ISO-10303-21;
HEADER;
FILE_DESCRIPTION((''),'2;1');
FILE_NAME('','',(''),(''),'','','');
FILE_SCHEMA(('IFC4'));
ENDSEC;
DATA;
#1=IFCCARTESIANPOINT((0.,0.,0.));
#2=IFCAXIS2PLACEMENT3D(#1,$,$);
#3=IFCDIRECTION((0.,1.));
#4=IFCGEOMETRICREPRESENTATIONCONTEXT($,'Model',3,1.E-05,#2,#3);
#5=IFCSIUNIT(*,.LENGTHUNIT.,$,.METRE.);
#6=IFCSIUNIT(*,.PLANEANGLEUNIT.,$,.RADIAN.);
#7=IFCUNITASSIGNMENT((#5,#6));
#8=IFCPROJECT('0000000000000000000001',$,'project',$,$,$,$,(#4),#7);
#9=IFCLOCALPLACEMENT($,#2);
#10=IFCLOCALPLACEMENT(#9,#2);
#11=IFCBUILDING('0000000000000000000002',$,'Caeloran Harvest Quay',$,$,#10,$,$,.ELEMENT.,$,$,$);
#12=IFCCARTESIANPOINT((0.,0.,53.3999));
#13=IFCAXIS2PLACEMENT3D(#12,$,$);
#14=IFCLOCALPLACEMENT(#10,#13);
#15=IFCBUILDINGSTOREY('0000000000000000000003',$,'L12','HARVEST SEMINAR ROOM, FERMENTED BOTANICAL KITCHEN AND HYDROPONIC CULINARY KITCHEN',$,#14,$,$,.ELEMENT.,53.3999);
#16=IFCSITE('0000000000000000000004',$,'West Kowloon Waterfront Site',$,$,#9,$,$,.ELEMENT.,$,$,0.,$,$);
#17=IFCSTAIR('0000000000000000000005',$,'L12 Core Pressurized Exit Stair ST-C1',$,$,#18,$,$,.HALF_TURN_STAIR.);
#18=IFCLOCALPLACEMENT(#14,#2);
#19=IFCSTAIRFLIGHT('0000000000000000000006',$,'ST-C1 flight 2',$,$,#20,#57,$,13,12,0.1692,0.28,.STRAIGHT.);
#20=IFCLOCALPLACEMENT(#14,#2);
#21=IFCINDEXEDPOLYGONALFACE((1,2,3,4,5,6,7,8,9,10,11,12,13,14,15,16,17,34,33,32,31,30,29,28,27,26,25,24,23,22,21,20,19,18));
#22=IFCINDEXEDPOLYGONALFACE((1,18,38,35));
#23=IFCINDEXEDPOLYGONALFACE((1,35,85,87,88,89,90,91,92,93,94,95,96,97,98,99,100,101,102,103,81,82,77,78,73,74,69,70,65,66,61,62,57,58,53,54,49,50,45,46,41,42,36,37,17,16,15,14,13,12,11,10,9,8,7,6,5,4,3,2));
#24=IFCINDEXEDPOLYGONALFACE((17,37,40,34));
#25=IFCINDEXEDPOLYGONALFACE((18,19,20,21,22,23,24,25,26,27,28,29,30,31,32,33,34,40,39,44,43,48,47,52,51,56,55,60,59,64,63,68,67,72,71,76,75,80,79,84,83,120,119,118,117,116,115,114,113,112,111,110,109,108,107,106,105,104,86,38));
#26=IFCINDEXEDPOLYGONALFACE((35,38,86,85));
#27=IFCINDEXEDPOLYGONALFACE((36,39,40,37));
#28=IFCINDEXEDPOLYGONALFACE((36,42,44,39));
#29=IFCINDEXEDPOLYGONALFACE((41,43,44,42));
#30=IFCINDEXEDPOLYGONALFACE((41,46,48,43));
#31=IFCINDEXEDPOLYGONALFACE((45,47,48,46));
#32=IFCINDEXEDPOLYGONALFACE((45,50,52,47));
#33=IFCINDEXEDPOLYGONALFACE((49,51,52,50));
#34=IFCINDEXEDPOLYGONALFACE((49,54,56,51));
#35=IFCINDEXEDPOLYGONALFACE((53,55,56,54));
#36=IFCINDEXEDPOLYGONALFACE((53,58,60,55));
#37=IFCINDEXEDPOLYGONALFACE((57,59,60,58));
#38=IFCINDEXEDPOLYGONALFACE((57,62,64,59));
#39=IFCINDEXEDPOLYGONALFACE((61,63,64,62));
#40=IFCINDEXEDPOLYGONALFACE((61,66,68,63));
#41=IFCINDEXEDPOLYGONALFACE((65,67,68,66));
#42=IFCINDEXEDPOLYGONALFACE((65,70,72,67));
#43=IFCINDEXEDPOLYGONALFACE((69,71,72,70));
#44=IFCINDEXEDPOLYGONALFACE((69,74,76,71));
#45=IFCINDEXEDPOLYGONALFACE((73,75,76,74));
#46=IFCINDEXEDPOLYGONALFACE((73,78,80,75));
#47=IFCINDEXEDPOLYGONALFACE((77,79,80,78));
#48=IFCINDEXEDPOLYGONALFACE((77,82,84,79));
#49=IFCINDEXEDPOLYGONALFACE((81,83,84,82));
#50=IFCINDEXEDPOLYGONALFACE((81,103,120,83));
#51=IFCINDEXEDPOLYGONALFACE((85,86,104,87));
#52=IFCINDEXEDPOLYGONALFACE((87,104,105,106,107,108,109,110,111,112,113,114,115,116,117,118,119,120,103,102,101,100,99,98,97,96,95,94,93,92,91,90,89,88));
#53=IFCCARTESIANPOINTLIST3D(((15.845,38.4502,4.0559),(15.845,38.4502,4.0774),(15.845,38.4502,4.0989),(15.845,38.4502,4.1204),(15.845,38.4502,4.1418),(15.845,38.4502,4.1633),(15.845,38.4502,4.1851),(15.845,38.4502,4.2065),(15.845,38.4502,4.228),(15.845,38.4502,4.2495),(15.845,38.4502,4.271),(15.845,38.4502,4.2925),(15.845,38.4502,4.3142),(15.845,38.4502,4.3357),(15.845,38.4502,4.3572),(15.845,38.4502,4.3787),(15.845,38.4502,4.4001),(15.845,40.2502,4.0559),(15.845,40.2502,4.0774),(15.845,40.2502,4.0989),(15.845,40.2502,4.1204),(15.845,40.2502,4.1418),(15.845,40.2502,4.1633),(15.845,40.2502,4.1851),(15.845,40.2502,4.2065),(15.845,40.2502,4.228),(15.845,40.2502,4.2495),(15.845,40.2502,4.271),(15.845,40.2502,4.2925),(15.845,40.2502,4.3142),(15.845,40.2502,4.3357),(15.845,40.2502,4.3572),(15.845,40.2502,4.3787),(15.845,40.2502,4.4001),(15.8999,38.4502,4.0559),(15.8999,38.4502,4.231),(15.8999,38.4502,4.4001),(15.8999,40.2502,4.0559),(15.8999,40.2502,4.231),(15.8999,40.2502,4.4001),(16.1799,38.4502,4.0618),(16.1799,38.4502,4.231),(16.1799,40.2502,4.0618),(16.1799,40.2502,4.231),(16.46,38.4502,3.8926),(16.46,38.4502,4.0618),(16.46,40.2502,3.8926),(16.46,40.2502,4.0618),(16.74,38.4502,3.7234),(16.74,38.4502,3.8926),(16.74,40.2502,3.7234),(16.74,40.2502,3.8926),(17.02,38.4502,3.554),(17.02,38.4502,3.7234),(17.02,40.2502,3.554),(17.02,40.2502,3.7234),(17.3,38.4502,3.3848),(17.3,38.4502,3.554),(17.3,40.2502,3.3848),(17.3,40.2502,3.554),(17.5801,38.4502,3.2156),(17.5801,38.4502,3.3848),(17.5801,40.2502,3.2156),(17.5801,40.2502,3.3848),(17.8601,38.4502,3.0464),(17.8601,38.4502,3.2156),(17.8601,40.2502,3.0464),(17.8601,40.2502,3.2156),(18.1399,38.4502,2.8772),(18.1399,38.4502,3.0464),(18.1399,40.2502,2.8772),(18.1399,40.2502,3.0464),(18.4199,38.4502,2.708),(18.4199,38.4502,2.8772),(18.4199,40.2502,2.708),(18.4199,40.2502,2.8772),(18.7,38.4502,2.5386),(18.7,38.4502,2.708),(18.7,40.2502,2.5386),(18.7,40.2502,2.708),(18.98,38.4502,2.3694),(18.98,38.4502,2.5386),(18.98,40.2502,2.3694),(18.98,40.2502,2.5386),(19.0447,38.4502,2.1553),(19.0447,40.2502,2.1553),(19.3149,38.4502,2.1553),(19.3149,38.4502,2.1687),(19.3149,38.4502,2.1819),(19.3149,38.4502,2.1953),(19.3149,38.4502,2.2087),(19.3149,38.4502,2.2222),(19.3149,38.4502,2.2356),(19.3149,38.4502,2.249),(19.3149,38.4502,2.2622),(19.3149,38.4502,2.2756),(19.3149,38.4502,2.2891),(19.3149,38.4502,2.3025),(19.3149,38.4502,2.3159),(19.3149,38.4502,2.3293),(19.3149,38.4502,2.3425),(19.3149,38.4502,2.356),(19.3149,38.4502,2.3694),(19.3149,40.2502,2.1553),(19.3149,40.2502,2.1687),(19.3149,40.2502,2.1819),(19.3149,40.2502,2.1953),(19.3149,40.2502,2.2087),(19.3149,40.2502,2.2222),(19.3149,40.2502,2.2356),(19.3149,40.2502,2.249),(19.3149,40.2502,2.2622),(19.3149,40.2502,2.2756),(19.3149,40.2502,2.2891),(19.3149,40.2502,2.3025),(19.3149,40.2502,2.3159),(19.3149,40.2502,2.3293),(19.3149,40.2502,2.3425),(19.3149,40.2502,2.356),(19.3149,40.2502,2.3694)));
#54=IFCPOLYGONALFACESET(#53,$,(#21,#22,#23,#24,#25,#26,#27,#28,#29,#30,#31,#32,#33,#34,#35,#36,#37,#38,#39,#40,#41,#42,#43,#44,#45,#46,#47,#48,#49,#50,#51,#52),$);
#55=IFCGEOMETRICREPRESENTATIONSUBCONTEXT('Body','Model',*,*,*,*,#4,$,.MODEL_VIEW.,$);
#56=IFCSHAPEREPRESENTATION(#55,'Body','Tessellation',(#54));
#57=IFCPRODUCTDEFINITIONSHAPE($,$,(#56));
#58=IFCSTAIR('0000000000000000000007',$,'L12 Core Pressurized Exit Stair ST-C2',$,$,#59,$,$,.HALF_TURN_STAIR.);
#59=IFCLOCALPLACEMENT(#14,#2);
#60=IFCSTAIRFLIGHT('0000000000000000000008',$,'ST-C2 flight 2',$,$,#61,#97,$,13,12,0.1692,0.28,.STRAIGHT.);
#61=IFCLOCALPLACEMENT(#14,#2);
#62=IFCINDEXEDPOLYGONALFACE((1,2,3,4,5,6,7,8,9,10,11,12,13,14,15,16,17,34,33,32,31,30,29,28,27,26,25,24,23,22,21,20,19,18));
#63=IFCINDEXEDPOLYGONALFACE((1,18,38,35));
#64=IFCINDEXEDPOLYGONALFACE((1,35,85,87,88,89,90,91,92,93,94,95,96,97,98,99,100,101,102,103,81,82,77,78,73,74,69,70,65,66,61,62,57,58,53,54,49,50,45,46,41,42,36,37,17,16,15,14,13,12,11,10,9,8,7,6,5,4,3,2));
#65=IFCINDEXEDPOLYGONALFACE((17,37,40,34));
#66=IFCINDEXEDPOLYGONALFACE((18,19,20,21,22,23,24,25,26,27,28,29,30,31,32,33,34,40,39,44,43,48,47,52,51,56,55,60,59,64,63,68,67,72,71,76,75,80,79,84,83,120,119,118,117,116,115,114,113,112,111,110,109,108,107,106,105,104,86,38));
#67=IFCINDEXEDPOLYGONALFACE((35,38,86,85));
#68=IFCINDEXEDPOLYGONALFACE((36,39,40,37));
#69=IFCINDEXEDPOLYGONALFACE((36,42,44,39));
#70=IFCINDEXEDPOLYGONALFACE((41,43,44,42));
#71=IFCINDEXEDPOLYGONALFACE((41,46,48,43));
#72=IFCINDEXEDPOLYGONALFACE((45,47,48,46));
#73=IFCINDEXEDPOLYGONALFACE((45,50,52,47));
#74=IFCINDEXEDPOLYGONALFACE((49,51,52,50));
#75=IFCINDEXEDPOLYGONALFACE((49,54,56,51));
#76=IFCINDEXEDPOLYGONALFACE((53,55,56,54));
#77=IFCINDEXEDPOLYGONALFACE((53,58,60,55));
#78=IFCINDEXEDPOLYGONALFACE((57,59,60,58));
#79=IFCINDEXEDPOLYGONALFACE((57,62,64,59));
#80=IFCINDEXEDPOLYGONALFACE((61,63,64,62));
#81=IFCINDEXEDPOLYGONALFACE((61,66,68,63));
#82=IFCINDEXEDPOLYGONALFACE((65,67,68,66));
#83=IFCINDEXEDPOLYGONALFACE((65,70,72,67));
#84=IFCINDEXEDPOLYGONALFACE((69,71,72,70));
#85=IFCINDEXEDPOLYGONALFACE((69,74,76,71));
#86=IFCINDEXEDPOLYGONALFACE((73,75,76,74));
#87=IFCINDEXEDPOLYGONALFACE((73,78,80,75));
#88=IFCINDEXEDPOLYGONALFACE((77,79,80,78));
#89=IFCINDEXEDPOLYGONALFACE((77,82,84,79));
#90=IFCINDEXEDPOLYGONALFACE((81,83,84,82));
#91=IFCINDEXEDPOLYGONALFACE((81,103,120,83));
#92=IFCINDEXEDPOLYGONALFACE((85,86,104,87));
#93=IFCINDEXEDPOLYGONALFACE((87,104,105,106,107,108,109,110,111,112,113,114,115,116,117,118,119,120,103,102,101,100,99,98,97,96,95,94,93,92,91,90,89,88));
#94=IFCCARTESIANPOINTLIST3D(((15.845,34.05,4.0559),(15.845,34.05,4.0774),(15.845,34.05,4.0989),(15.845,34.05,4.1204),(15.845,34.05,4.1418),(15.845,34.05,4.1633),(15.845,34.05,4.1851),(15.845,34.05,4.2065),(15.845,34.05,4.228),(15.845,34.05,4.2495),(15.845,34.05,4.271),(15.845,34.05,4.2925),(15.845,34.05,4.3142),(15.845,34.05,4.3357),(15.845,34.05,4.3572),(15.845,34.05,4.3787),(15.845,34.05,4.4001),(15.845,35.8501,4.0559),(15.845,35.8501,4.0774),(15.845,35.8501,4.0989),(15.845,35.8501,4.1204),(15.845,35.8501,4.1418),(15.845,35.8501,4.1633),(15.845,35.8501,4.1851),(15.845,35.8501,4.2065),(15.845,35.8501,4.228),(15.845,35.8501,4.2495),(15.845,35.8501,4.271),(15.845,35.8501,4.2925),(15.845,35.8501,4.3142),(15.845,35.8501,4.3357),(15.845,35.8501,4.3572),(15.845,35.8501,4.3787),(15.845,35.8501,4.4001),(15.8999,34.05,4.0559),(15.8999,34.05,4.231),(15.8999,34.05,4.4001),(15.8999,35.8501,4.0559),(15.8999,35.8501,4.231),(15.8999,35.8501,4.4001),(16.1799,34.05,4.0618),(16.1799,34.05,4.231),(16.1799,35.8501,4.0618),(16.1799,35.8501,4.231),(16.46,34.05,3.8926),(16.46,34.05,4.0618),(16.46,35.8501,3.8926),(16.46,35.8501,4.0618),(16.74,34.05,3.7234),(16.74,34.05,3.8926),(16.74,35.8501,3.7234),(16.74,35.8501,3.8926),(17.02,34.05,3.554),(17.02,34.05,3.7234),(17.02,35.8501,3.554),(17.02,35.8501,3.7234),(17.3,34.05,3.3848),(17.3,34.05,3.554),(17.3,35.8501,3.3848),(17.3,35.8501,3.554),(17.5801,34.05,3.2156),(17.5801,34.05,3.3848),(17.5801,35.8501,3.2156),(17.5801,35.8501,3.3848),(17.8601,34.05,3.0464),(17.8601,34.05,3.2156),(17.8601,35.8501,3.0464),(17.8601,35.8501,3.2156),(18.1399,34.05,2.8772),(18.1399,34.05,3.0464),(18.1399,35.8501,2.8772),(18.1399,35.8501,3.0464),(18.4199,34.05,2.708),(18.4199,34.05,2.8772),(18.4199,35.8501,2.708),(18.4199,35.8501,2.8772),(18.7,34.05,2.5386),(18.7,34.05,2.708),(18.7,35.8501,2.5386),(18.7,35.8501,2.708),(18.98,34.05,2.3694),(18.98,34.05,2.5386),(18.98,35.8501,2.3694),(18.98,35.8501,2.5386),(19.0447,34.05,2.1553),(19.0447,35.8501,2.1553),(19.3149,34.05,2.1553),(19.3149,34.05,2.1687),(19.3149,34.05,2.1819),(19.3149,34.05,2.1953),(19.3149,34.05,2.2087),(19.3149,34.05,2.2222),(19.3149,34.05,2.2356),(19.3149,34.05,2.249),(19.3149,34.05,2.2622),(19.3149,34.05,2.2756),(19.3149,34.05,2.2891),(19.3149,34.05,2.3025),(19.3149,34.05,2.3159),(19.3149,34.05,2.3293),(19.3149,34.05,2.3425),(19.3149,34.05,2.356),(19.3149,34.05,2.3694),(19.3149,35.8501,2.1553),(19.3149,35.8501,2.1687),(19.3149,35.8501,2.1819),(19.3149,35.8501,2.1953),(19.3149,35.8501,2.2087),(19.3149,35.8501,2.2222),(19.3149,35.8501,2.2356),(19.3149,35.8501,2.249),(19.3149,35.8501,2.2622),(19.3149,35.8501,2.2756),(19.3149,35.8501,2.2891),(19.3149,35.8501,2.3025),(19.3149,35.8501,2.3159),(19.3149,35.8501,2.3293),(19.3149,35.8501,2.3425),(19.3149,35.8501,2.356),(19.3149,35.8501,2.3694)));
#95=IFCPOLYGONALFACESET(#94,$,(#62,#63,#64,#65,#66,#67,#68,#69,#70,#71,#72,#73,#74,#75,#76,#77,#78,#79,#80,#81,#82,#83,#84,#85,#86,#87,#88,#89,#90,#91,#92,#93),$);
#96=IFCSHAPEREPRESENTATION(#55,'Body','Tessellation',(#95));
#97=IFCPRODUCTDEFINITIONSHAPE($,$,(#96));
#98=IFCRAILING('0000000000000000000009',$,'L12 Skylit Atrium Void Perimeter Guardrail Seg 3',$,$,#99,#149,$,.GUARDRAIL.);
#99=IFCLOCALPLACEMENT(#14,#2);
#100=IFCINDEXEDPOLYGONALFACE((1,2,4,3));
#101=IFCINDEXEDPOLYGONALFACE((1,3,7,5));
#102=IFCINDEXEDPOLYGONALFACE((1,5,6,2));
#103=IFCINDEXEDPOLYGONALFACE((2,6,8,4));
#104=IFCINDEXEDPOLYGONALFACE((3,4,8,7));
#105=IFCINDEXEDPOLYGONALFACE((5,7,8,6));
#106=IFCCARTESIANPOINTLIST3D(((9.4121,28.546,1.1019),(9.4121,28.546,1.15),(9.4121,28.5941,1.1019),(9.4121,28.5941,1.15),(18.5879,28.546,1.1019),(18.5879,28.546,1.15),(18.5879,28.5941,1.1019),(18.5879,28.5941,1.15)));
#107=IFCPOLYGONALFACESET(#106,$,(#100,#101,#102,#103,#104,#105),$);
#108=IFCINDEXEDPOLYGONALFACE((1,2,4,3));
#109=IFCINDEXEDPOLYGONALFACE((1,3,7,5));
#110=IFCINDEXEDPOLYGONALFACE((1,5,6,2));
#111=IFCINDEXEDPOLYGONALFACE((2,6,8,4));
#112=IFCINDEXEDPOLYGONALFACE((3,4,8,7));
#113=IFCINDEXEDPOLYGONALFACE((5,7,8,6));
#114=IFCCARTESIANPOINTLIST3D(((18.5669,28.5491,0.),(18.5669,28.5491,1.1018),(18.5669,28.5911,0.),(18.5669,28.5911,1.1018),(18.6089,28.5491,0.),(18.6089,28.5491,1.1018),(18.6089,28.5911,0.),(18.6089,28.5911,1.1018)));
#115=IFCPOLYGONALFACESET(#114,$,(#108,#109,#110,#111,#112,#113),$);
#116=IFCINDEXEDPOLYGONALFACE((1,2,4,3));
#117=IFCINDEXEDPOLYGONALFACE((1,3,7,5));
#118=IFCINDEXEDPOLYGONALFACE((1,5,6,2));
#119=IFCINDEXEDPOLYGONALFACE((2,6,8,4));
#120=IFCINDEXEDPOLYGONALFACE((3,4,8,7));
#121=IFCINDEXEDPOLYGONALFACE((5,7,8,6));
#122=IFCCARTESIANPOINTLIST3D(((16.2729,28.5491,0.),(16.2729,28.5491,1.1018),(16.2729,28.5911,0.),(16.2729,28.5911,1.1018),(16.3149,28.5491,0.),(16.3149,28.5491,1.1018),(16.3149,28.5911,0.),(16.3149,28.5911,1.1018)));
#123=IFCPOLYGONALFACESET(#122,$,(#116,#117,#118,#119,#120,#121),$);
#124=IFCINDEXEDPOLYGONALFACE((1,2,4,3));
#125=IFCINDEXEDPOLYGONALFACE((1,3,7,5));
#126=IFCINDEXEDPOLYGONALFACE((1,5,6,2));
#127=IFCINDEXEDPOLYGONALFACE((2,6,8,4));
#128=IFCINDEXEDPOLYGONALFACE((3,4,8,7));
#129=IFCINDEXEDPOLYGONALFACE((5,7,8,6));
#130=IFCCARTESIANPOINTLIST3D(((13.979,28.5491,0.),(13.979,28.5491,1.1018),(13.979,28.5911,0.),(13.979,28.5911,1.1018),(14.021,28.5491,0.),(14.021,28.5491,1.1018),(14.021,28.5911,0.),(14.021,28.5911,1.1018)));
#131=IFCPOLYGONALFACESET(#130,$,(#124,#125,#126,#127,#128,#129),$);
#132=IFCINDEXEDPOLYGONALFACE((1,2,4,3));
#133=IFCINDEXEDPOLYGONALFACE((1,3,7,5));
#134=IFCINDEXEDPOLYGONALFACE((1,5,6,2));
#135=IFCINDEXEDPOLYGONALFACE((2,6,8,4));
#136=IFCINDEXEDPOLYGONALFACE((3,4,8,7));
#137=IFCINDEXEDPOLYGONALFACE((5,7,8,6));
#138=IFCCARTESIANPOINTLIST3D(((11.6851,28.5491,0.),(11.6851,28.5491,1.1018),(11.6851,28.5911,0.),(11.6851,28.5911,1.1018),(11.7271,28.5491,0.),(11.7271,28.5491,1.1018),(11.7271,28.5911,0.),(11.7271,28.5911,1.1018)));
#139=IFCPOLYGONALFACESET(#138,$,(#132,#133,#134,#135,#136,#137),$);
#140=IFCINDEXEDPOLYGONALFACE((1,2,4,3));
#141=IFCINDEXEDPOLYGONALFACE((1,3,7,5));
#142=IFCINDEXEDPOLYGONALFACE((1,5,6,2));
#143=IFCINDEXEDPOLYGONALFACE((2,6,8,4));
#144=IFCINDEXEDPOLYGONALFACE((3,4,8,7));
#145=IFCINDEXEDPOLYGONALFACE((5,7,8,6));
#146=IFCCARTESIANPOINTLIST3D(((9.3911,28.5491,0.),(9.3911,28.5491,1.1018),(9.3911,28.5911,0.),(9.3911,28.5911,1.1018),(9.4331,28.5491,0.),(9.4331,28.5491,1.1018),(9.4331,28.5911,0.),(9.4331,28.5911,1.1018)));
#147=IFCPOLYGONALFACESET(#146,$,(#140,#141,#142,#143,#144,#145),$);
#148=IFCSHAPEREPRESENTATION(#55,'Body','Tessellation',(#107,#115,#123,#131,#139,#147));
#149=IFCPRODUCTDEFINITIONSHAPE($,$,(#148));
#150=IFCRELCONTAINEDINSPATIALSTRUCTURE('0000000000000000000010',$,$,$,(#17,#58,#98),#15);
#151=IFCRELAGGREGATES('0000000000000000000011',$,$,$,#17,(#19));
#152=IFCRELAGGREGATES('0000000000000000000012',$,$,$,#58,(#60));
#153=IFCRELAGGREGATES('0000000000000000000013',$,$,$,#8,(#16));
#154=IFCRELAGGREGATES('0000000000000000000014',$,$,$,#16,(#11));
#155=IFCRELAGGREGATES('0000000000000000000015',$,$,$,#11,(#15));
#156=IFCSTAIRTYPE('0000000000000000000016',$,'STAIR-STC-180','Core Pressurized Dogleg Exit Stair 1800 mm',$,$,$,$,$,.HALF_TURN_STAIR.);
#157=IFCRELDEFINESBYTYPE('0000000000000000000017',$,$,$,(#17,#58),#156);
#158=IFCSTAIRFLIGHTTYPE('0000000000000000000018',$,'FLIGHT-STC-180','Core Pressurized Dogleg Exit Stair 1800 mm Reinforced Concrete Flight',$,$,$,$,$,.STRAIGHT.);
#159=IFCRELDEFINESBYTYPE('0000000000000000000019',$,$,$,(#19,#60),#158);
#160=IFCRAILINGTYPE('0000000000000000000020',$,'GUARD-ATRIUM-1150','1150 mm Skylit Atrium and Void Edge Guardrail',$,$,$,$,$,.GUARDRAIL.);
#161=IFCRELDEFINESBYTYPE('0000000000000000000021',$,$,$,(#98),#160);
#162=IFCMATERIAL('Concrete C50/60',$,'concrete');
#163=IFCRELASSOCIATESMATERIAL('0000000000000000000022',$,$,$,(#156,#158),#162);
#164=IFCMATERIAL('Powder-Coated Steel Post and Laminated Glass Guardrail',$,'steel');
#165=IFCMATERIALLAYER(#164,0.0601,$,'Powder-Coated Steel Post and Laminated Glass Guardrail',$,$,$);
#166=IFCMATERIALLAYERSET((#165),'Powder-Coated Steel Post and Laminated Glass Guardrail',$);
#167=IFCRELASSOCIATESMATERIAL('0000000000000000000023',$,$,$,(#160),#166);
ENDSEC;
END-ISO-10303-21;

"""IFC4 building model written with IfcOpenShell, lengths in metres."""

from ifc_helpers import new_model, si_unit, direction, frame, origin, origin_2d, place, context, subcontext, project, spatial, polyline, rectangle, outline, extrude, material, layer, layer_set, type_object, element, aggregate, save


model = new_model("IFC4")

# Units and contexts
model_context = context("Model", 3, precision=1e-05, world=origin(), true_north=direction((0.0, 1.0)))
body_context = subcontext(model_context, "Body", "Model", "MODEL_VIEW")
ifc_project = project(units=[si_unit("LENGTHUNIT", "METRE"), si_unit("PLANEANGLEUNIT", "RADIAN")], contexts=[model_context])

# Site, building, storey
site_placement = place(None, origin())
site = spatial("IfcSite", under=ifc_project, at=site_placement, Name="West Kowloon Waterfront Site", CompositionType="ELEMENT", RefElevation=0.0)
building_placement = place(site_placement, origin())
building = spatial("IfcBuilding", under=site, at=building_placement, Name="Caeloran Harvest Quay", CompositionType="ELEMENT")
storey_placement = place(building_placement, frame((0.0, 0.0, 53.3999)))
storey = spatial("IfcBuildingStorey", under=building, at=storey_placement, Name="L12", Description="HARVEST SEMINAR ROOM, FERMENTED BOTANICAL KITCHEN AND HYDROPONIC CULINARY KITCHEN", CompositionType="ELEMENT", Elevation=53.3999)

# Shared definitions
ifc_material_1 = material(Name="Concrete C50/60", Category="concrete")

# Stairs, stair flights
stair_type = type_object("IfcStairType", Name="STAIR-STC-180", Description="Core Pressurized Dogleg Exit Stair 1800 mm", PredefinedType="HALF_TURN_STAIR", material=ifc_material_1)
stair_1_placement = place(storey_placement, origin())
stair_1 = element("IfcStair", 1, at=stair_1_placement, inside=storey, type_object=stair_type, Name="L12 Core Pressurized Exit Stair ST-C1", PredefinedType="HALF_TURN_STAIR")
stair_flight_type = type_object("IfcStairFlightType", Name="FLIGHT-STC-180", Description="Core Pressurized Dogleg Exit Stair 1800 mm Reinforced Concrete Flight", PredefinedType="STRAIGHT", material=ifc_material_1)
stair_flight_1_placement = place(storey_placement, frame((19.26, 39.3501, 2.2002), z_axis=(0.0, 0.0, 1.0), x_axis=(-1.0, 0.0, 0.0)))
stair_flight_1 = element("IfcStairFlight", 2, at=stair_flight_1_placement, type_object=stair_flight_type, Name="ST-C1 flight 2", NumberOfRisers=13, NumberOfTreads=12, PredefinedType="STRAIGHT", RiserHeight=0.1692, TreadLength=0.28, context=body_context, shape_type="SweptSolid", body=[
    extrude(outline(polyline([(-0.0549, -0.0449), (-0.0549, -0.0315), (-0.0549, -0.0183), (-0.0549, -0.0049), (-0.0549, 0.0085), (-0.0549, 0.022), (-0.0549, 0.0354), (-0.0549, 0.0488), (-0.0549, 0.062), (-0.0549, 0.0754), (-0.0549, 0.0889), (-0.0549, 0.1023), (-0.0549, 0.1157), (-0.0549, 0.1292), (-0.0549, 0.1423), (-0.0549, 0.1558), (-0.0549, 0.1692), (0.28, 0.1692), (0.28, 0.3384), (0.5601, 0.3384), (0.5601, 0.5078), (0.8401, 0.5078), (0.8401, 0.677), (1.1201, 0.677), (1.1201, 0.8462), (1.3999, 0.8462), (1.3999, 1.0154), (1.6799, 1.0154), (1.6799, 1.1846), (1.96, 1.1846), (1.96, 1.3538), (2.24, 1.3538), (2.24, 1.5232), (2.52, 1.5232), (2.52, 1.6924), (2.8, 1.6924), (2.8, 1.8616), (3.0801, 1.8616), (3.0801, 2.0308), (3.3601, 2.0308), (3.3601, 2.2), (3.415, 2.2), (3.415, 2.1785), (3.415, 2.157), (3.415, 2.1355), (3.415, 2.114), (3.415, 2.0923), (3.415, 2.0708), (3.415, 2.0493), (3.415, 2.0278), (3.415, 2.0063), (3.415, 1.9849), (3.415, 1.9631), (3.415, 1.9417), (3.415, 1.9202), (3.415, 1.8987), (3.415, 1.8772), (3.415, 1.8557), (3.3601, 1.8557), (0.2153, -0.0449), (-0.0549, -0.0449)])), frame((0.0, 0.8999, 0.0), z_axis=(0.0, -1.0, 0.0), x_axis=(1.0, 0.0, 0.0)), (0.0, 0.0, 1.0), 1.8),
])
aggregate(stair_1, [stair_flight_1])
stair_2_placement = place(storey_placement, origin())
stair_2 = element("IfcStair", 3, at=stair_2_placement, inside=storey, type_object=stair_type, Name="L12 Core Pressurized Exit Stair ST-C2", PredefinedType="HALF_TURN_STAIR")
stair_flight_2_placement = place(storey_placement, frame((19.26, 34.95, 2.2002), z_axis=(0.0, 0.0, 1.0), x_axis=(-1.0, 0.0, 0.0)))
stair_flight_2 = element("IfcStairFlight", 4, at=stair_flight_2_placement, type_object=stair_flight_type, Name="ST-C2 flight 2", NumberOfRisers=13, NumberOfTreads=12, PredefinedType="STRAIGHT", RiserHeight=0.1692, TreadLength=0.28, context=body_context, shape_type="SweptSolid", body=[
    extrude(outline(polyline([(-0.0549, -0.0449), (-0.0549, -0.0315), (-0.0549, -0.0183), (-0.0549, -0.0049), (-0.0549, 0.0085), (-0.0549, 0.022), (-0.0549, 0.0354), (-0.0549, 0.0488), (-0.0549, 0.062), (-0.0549, 0.0754), (-0.0549, 0.0889), (-0.0549, 0.1023), (-0.0549, 0.1157), (-0.0549, 0.1292), (-0.0549, 0.1423), (-0.0549, 0.1558), (-0.0549, 0.1692), (0.28, 0.1692), (0.28, 0.3384), (0.5601, 0.3384), (0.5601, 0.5078), (0.8401, 0.5078), (0.8401, 0.677), (1.1201, 0.677), (1.1201, 0.8462), (1.3999, 0.8462), (1.3999, 1.0154), (1.6799, 1.0154), (1.6799, 1.1846), (1.96, 1.1846), (1.96, 1.3538), (2.24, 1.3538), (2.24, 1.5232), (2.52, 1.5232), (2.52, 1.6924), (2.8, 1.6924), (2.8, 1.8616), (3.0801, 1.8616), (3.0801, 2.0308), (3.3601, 2.0308), (3.3601, 2.2), (3.415, 2.2), (3.415, 2.1785), (3.415, 2.157), (3.415, 2.1355), (3.415, 2.114), (3.415, 2.0923), (3.415, 2.0708), (3.415, 2.0493), (3.415, 2.0278), (3.415, 2.0063), (3.415, 1.9849), (3.415, 1.9631), (3.415, 1.9417), (3.415, 1.9202), (3.415, 1.8987), (3.415, 1.8772), (3.415, 1.8557), (3.3601, 1.8557), (0.2153, -0.0449), (-0.0549, -0.0449)])), frame((0.0, 0.8999, 0.0), z_axis=(0.0, -1.0, 0.0), x_axis=(1.0, 0.0, 0.0)), (0.0, 0.0, 1.0), 1.8),
])
aggregate(stair_2, [stair_flight_2])

# Railing
ifc_material_2 = material(Name="Powder-Coated Steel Post and Laminated Glass Guardrail", Category="steel")
ifc_layer_1 = layer(ifc_material_2, 0.0601, Name="Powder-Coated Steel Post and Laminated Glass Guardrail")
ifc_layer_set_1 = layer_set([ifc_layer_1], Name="Powder-Coated Steel Post and Laminated Glass Guardrail")
railing_type_1 = type_object("IfcRailingType", Name="GUARD-ATRIUM-1150", Description="1150 mm Skylit Atrium and Void Edge Guardrail", PredefinedType="GUARDRAIL", material=ifc_layer_set_1)
railing_1_placement = place(storey_placement, frame((18.5879, 28.5701, 0.0)))
element("IfcRailing", 5, at=railing_1_placement, inside=storey, type_object=railing_type_1, Name="L12 Skylit Atrium Void Perimeter Guardrail Seg 3", PredefinedType="GUARDRAIL", context=body_context, shape_type="SweptSolid", body=[
    extrude(rectangle(XDim=0.0481, YDim=0.0481, at=origin_2d()), frame((0.0, 0.0, 1.126), z_axis=(-1.0, 0.0, 0.0), x_axis=(0.0, -1.0, 0.0)), (0.0, 0.0, 1.0), 9.1758),
    extrude(rectangle(XDim=0.042, YDim=0.042, at=origin_2d()), origin(), (0.0, 0.0, 1.0), 1.1018),
    extrude(rectangle(XDim=0.042, YDim=0.042, at=origin_2d()), frame((-2.2939, 0.0, 0.0)), (0.0, 0.0, 1.0), 1.1018),
    extrude(rectangle(XDim=0.042, YDim=0.042, at=origin_2d()), frame((-4.5879, 0.0, 0.0)), (0.0, 0.0, 1.0), 1.1018),
    extrude(rectangle(XDim=0.042, YDim=0.042, at=origin_2d()), frame((-6.8818, 0.0, 0.0)), (0.0, 0.0, 1.0), 1.1018),
    extrude(rectangle(XDim=0.042, YDim=0.042, at=origin_2d()), frame((-9.1758, 0.0, 0.0)), (0.0, 0.0, 1.0), 1.1018),
])

save(model, "model.ifc")
